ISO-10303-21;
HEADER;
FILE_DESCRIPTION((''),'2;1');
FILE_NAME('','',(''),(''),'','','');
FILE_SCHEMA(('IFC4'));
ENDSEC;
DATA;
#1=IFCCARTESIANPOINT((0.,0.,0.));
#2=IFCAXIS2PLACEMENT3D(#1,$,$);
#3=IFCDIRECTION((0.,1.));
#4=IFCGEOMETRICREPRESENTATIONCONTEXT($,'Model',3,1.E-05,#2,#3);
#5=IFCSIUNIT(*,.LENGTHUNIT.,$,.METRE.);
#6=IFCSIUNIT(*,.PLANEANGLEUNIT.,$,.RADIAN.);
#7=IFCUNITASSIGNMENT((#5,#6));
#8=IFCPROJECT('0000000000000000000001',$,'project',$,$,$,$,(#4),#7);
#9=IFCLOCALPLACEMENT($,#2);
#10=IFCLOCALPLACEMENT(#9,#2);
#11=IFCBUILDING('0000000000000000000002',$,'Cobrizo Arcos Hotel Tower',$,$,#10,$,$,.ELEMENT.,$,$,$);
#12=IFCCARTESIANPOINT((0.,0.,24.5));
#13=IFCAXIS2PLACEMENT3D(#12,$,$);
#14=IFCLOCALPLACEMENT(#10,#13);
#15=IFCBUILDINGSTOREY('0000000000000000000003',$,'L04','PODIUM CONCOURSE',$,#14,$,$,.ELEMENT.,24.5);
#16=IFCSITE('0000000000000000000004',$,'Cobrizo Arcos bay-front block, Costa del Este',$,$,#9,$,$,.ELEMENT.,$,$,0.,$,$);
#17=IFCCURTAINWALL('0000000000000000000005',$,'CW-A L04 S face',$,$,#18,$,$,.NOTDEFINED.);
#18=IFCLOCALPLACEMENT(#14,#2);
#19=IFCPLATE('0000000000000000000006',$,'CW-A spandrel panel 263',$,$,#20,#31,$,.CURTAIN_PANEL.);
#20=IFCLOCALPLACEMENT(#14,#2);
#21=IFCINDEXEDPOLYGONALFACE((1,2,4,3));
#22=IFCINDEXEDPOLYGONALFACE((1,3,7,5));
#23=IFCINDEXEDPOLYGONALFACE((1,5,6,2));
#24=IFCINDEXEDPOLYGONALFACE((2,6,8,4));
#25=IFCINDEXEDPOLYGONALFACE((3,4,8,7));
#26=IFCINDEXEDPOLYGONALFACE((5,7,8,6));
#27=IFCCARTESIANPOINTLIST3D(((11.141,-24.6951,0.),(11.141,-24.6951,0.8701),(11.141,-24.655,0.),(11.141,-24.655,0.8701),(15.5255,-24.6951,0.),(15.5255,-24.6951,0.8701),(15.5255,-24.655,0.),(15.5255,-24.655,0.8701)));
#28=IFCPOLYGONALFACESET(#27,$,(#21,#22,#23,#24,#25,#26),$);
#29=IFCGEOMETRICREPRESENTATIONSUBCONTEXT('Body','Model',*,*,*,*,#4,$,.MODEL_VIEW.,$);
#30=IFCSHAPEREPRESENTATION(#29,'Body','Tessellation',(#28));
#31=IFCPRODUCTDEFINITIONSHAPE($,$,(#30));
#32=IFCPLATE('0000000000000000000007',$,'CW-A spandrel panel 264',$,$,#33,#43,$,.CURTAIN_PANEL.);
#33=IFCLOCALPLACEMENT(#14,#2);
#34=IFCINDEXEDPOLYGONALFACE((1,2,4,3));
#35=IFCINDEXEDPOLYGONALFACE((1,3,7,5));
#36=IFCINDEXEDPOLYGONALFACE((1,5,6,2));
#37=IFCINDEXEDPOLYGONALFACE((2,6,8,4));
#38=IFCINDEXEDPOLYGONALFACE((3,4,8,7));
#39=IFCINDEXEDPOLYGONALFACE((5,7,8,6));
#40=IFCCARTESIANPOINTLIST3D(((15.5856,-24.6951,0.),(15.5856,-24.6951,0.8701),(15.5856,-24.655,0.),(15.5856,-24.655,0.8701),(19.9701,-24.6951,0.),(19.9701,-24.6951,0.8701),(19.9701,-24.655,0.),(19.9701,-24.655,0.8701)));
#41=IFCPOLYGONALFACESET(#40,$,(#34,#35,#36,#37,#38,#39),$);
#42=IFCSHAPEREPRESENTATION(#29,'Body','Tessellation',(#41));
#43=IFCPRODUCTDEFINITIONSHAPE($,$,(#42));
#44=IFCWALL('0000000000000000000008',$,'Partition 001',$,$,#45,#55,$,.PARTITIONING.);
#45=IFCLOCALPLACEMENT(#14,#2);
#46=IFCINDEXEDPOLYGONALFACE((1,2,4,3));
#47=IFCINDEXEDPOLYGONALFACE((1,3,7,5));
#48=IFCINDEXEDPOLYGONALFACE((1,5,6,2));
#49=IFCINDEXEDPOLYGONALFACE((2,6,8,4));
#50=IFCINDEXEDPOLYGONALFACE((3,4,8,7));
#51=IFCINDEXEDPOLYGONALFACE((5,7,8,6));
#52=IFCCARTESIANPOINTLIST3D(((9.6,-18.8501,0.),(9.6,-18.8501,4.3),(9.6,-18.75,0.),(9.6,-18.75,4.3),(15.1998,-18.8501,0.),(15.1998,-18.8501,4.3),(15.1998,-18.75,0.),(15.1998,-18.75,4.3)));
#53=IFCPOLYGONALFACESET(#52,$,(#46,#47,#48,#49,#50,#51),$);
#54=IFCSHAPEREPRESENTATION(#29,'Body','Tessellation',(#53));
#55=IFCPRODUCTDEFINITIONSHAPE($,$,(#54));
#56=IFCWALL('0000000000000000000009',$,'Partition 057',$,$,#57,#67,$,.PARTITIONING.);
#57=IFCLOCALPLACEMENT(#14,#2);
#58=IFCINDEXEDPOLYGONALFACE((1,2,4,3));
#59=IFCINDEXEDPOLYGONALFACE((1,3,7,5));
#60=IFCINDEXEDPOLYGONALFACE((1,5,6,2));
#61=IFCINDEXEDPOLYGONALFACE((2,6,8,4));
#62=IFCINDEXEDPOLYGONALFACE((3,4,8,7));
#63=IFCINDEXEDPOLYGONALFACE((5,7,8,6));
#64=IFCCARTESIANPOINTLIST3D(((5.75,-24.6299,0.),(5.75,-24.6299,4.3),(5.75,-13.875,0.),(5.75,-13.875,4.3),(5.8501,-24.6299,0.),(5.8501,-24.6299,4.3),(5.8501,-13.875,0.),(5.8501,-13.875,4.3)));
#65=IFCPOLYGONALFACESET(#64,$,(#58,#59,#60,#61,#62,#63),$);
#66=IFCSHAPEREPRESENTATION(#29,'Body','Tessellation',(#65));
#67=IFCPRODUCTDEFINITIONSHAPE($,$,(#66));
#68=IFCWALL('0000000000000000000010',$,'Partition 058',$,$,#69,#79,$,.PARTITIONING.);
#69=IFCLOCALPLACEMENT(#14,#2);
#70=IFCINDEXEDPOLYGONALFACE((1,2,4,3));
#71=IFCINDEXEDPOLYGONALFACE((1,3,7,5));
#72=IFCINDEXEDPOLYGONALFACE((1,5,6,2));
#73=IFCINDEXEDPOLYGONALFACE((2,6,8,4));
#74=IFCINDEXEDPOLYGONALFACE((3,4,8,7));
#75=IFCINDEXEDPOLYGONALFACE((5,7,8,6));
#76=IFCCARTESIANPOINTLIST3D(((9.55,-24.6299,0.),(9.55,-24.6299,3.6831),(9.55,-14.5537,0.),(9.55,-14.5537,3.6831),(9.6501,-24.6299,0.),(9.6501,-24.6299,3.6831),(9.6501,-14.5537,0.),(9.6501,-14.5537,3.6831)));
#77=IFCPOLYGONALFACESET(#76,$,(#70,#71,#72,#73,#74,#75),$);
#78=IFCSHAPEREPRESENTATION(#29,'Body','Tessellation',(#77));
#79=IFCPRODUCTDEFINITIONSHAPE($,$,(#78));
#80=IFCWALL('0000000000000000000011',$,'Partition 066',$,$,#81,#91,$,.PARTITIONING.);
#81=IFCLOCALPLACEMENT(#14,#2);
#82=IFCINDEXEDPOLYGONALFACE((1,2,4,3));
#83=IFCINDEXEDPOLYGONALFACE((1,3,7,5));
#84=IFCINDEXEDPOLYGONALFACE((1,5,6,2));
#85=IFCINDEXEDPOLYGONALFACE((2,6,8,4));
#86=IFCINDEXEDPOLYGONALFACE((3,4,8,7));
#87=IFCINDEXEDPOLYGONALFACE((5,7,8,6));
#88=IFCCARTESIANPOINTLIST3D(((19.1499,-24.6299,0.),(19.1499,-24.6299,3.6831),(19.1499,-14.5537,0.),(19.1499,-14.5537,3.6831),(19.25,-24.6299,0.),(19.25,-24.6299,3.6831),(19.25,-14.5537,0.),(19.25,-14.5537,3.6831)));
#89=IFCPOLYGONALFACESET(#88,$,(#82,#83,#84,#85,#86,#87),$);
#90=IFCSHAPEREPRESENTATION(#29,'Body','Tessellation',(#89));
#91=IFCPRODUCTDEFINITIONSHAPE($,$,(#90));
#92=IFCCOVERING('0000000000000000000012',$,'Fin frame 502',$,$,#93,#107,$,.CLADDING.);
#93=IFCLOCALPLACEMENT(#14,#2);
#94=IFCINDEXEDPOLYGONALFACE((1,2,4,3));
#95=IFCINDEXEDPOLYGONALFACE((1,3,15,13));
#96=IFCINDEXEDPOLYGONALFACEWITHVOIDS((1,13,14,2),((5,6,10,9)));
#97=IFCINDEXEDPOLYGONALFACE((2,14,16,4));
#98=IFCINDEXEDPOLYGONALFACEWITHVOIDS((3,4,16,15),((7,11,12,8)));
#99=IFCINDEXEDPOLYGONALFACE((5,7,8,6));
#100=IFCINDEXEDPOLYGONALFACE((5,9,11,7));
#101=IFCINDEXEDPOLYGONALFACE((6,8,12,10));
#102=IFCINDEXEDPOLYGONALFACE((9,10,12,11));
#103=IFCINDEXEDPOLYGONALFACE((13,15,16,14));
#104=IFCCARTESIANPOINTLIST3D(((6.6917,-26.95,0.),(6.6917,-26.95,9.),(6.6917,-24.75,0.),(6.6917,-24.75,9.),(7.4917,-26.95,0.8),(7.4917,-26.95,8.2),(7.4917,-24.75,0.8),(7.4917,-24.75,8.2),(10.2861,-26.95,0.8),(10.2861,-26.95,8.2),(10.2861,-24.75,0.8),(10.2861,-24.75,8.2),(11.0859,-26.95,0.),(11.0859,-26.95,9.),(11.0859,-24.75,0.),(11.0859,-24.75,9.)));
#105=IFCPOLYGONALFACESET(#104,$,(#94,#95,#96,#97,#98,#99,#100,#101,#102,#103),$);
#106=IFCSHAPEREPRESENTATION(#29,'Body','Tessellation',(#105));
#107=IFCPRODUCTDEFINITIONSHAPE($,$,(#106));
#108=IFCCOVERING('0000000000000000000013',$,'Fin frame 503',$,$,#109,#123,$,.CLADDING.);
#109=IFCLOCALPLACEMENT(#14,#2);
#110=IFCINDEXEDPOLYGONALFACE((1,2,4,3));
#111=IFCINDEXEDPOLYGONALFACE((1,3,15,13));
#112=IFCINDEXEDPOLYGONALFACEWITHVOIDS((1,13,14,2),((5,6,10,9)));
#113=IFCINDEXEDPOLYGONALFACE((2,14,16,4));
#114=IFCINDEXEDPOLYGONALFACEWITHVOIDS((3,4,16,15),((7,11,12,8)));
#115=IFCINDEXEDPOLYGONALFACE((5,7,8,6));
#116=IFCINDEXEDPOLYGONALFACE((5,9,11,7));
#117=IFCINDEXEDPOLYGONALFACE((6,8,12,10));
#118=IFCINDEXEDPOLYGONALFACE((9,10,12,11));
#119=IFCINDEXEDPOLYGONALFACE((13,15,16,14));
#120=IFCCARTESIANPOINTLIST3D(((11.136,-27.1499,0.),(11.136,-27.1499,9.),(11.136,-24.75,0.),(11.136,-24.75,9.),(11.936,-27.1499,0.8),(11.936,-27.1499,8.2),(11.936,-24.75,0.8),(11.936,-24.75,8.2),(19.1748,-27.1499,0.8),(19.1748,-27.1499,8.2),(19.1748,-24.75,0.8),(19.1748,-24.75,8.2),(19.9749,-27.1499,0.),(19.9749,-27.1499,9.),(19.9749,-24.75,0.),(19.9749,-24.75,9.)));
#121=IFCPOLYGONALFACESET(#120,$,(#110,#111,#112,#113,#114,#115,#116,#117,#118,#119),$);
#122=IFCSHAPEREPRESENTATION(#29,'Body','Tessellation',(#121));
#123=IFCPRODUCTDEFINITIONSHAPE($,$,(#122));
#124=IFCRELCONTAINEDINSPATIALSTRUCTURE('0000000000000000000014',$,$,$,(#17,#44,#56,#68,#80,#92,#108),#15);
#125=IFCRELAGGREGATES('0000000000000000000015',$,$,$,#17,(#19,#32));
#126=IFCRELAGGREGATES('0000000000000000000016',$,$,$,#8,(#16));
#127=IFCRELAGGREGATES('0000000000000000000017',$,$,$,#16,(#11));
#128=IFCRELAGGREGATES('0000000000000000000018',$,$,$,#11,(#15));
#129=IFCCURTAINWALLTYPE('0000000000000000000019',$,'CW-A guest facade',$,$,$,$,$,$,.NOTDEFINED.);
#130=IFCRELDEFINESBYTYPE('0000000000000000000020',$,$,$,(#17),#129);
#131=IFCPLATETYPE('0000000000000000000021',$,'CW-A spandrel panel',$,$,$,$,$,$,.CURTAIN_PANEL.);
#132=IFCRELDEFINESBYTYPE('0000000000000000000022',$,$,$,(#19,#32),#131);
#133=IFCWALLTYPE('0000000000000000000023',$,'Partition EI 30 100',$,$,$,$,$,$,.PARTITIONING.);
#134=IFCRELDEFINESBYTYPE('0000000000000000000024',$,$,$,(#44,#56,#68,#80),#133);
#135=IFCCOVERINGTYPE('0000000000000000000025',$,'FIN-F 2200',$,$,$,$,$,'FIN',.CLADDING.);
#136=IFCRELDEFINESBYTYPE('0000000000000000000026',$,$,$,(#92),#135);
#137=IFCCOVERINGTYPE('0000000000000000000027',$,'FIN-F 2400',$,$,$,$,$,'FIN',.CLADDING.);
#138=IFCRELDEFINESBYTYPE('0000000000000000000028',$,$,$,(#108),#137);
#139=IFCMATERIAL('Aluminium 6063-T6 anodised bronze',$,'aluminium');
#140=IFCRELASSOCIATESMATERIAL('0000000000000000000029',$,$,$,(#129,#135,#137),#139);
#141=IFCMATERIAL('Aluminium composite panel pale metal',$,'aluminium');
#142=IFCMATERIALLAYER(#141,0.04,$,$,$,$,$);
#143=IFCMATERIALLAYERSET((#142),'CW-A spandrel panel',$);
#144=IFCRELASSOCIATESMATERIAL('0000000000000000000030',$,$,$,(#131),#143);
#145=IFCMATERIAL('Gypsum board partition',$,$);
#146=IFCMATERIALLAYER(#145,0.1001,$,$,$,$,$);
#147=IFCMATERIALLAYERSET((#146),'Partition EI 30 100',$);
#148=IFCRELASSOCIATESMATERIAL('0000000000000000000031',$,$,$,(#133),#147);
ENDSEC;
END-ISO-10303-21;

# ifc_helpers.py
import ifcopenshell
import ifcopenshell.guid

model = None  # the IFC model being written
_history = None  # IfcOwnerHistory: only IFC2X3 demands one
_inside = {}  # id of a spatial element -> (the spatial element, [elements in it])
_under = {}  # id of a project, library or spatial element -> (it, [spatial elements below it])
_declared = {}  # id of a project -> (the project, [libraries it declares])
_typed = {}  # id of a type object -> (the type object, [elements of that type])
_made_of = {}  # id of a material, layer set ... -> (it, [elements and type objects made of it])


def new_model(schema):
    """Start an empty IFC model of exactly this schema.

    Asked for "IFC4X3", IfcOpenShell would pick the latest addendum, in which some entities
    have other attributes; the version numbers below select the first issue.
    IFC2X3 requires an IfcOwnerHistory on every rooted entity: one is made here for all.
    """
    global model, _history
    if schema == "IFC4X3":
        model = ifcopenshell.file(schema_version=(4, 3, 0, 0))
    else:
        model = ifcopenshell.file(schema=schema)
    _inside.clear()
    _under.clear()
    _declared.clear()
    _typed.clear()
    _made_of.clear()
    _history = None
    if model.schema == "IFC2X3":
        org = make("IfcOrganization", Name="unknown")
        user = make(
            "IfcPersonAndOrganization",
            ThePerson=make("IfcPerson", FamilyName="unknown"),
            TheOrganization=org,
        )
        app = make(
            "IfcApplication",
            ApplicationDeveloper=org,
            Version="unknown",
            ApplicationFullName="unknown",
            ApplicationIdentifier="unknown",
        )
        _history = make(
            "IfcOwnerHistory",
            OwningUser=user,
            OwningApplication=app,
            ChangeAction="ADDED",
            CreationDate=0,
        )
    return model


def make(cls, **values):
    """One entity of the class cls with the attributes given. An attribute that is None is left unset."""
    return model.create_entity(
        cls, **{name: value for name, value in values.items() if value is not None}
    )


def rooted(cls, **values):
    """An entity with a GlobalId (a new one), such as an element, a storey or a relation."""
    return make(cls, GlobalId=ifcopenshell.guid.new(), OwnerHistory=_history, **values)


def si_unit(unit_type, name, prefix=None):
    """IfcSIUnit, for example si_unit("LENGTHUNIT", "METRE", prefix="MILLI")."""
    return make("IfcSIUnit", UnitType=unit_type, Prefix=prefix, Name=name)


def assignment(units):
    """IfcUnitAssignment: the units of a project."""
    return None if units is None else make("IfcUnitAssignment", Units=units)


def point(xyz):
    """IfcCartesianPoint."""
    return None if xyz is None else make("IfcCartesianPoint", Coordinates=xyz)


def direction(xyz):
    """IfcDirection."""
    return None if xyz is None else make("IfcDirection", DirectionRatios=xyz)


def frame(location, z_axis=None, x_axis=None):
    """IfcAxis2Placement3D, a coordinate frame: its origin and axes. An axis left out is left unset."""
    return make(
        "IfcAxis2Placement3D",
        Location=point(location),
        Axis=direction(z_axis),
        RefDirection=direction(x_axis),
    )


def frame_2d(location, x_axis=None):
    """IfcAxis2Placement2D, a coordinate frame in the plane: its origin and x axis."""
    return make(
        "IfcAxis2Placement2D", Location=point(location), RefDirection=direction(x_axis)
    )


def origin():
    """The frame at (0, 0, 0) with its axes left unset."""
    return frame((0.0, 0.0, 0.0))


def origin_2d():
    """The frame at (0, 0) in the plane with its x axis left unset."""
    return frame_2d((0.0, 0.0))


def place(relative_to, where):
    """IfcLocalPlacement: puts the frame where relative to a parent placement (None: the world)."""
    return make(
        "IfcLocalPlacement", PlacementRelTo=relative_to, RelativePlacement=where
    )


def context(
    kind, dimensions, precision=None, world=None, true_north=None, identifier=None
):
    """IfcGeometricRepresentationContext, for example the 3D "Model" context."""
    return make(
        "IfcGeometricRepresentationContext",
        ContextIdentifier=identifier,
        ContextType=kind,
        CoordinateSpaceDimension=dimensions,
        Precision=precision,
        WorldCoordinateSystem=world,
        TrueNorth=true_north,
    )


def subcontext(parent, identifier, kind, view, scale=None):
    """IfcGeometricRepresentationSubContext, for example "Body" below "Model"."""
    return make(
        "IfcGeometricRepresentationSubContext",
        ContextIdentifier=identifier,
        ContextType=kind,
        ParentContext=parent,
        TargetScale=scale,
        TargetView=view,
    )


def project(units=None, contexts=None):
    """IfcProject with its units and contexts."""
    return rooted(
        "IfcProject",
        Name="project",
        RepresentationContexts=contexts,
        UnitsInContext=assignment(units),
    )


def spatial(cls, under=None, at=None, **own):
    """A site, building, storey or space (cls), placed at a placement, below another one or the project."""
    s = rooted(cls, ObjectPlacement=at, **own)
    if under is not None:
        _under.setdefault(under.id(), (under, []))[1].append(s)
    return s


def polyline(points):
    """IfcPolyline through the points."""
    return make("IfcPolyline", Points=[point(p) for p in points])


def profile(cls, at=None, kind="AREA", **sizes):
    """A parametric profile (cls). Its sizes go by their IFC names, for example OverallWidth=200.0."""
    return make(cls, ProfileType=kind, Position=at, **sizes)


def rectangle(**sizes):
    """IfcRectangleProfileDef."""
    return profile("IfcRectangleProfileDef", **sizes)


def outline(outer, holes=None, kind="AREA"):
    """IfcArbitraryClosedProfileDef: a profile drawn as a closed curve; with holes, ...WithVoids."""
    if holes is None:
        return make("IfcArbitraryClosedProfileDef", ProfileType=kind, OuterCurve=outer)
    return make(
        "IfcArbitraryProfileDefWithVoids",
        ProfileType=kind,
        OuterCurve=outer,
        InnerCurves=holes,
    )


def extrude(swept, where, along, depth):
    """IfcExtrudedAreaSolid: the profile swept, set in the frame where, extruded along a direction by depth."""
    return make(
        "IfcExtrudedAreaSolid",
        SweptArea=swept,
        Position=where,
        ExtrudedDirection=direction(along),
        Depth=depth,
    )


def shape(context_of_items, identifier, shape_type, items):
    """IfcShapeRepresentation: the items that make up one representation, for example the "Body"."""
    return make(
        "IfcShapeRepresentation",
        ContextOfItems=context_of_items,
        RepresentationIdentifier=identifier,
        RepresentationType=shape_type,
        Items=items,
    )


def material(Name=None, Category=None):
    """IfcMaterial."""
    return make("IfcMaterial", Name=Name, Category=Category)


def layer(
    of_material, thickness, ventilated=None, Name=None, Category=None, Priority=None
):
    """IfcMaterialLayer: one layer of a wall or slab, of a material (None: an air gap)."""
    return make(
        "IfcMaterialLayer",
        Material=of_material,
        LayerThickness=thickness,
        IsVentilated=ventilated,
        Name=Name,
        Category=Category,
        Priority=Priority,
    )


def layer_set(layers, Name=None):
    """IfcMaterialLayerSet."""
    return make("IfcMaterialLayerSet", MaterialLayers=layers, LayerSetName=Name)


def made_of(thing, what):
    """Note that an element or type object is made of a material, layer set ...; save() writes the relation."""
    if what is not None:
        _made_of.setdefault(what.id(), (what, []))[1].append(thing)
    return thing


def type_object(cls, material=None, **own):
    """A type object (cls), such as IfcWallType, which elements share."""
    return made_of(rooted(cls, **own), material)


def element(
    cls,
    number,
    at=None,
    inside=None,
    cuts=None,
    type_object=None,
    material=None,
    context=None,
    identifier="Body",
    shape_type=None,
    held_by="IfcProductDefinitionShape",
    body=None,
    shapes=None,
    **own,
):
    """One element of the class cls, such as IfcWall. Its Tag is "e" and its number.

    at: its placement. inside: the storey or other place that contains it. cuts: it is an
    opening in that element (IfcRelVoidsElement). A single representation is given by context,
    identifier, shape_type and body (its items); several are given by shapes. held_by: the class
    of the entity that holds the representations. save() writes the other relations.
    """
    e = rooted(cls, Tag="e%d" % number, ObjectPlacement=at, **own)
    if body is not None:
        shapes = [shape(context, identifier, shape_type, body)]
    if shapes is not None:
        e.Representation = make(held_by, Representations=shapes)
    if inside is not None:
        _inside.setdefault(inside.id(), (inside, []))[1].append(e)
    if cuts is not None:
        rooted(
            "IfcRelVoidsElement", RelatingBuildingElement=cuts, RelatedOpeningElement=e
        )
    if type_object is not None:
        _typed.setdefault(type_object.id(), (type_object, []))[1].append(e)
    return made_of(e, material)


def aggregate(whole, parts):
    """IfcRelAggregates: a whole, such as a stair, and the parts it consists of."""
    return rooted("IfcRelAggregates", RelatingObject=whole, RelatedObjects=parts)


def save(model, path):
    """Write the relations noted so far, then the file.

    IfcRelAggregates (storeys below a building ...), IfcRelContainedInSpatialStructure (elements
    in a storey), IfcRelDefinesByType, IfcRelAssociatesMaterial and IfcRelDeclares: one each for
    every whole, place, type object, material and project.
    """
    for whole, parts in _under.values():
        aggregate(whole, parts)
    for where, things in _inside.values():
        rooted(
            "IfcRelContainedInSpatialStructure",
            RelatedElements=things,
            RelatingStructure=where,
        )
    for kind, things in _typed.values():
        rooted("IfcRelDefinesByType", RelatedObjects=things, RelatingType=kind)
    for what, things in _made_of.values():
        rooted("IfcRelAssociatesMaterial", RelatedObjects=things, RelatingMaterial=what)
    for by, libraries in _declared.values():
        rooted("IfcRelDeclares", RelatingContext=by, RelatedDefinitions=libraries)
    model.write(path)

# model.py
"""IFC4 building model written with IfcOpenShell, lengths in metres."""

from ifc_helpers import new_model, si_unit, direction, frame, frame_2d, origin, origin_2d, place, context, subcontext, project, spatial, polyline, rectangle, outline, extrude, material, layer, layer_set, type_object, element, aggregate, save


model = new_model("IFC4")

# Units and contexts
model_context = context("Model", 3, precision=1e-05, world=origin(), true_north=direction((0.0, 1.0)))
body_context = subcontext(model_context, "Body", "Model", "MODEL_VIEW")
ifc_project = project(units=[si_unit("LENGTHUNIT", "METRE"), si_unit("PLANEANGLEUNIT", "RADIAN")], contexts=[model_context])

# Site, building, storey
site_placement = place(None, origin())
site = spatial("IfcSite", under=ifc_project, at=site_placement, Name="Cobrizo Arcos bay-front block, Costa del Este", CompositionType="ELEMENT", RefElevation=0.0)
building_placement = place(site_placement, origin())
building = spatial("IfcBuilding", under=site, at=building_placement, Name="Cobrizo Arcos Hotel Tower", CompositionType="ELEMENT")
storey_placement = place(building_placement, frame((0.0, 0.0, 24.5)))
storey = spatial("IfcBuildingStorey", under=building, at=storey_placement, Name="L04", Description="PODIUM CONCOURSE", CompositionType="ELEMENT", Elevation=24.5)

# Curtain wall
ifc_material_1 = material(Name="Aluminium 6063-T6 anodised bronze", Category="aluminium")
curtain_wall_type = type_object("IfcCurtainWallType", Name="CW-A guest facade", PredefinedType="NOTDEFINED", material=ifc_material_1)
curtain_wall_placement = place(storey_placement, origin())
curtain_wall = element("IfcCurtainWall", 1, at=curtain_wall_placement, inside=storey, type_object=curtain_wall_type, Name="CW-A L04 S face", PredefinedType="NOTDEFINED")

# Plates
ifc_material_2 = material(Name="Aluminium composite panel pale metal", Category="aluminium")
ifc_layer_1 = layer(ifc_material_2, 0.04)
ifc_layer_set_1 = layer_set([ifc_layer_1], Name="CW-A spandrel panel")
plate_type_1 = type_object("IfcPlateType", Name="CW-A spandrel panel", PredefinedType="CURTAIN_PANEL", material=ifc_layer_set_1)
plate_1_placement = place(storey_placement, frame((13.3333, -24.675, 0.0), z_axis=(0.0, 0.0, 1.0), x_axis=(1.0, 0.0, 0.0)))
plate_1 = element("IfcPlate", 2, at=plate_1_placement, type_object=plate_type_1, Name="CW-A spandrel panel 263", PredefinedType="CURTAIN_PANEL", context=body_context, shape_type="SweptSolid", body=[
    extrude(rectangle(XDim=4.3845, YDim=0.04, at=origin_2d()), origin(), (0.0, 0.0, 1.0), 0.8701),
])
plate_2_placement = place(storey_placement, frame((17.7778, -24.675, 0.0), z_axis=(0.0, 0.0, 1.0), x_axis=(1.0, 0.0, 0.0)))
plate_2 = element("IfcPlate", 3, at=plate_2_placement, type_object=plate_type_1, Name="CW-A spandrel panel 264", PredefinedType="CURTAIN_PANEL", context=body_context, shape_type="SweptSolid", body=[
    extrude(rectangle(XDim=4.3845, YDim=0.04, at=origin_2d()), origin(), (0.0, 0.0, 1.0), 0.8701),
])
aggregate(curtain_wall, [plate_1, plate_2])

# Walls
ifc_material_3 = material(Name="Gypsum board partition")
ifc_layer_2 = layer(ifc_material_3, 0.1001)
ifc_layer_set_2 = layer_set([ifc_layer_2], Name="Partition EI 30 100")
wall_type = type_object("IfcWallType", Name="Partition EI 30 100", PredefinedType="PARTITIONING", material=ifc_layer_set_2)
wall_1_placement = place(storey_placement, frame((9.6001, -18.8, 0.0), z_axis=(0.0, 0.0, 1.0), x_axis=(1.0, 0.0, 0.0)))
element("IfcWall", 4, at=wall_1_placement, inside=storey, type_object=wall_type, Name="Partition 001", PredefinedType="PARTITIONING", context=body_context, shape_type="SweptSolid", body=[
    extrude(rectangle(XDim=5.5999, YDim=0.1001, at=frame_2d((2.7998, 0.0))), origin(), (0.0, 0.0, 1.0), 4.3),
])
wall_2_placement = place(storey_placement, frame((5.8, -24.6299, 0.0), z_axis=(0.0, 0.0, 1.0), x_axis=(0.0, 1.0, 0.0)))
element("IfcWall", 5, at=wall_2_placement, inside=storey, type_object=wall_type, Name="Partition 057", PredefinedType="PARTITIONING", context=body_context, shape_type="SweptSolid", body=[
    extrude(rectangle(XDim=10.7549, YDim=0.1001, at=frame_2d((5.3774, 0.0))), origin(), (0.0, 0.0, 1.0), 4.3),
])
for number, where, z_axis, x_axis, name in (
    (6, (9.6001, -24.6299, 0.0), (0.0, 0.0, 1.0), (0.0, 1.0, 0.0), "Partition 058"),
    (7, (19.2, -24.6299, 0.0), (0.0, 0.0, 1.0), (0.0, 1.0, 0.0), "Partition 066"),
):
    element("IfcWall", number, at=place(storey_placement, frame(where, z_axis=z_axis, x_axis=x_axis)), inside=storey, type_object=wall_type, Name=name, PredefinedType="PARTITIONING", context=body_context, shape_type="SweptSolid", body=[
        extrude(rectangle(XDim=10.0762, YDim=0.1001, at=frame_2d((5.0381, 0.0))), origin(), (0.0, 0.0, 1.0), 3.6831),
    ])

# Coverings
covering_type_1 = type_object("IfcCoveringType", Name="FIN-F 2200", ElementType="FIN", PredefinedType="CLADDING", material=ifc_material_1)
covering_1_placement = place(storey_placement, frame((6.6917, -24.75, 0.0), z_axis=(0.0, -1.0, 0.0), x_axis=(1.0, 0.0, 0.0)))
element("IfcCovering", 8, at=covering_1_placement, inside=storey, type_object=covering_type_1, Name="Fin frame 502", PredefinedType="CLADDING", context=body_context, shape_type="SweptSolid", body=[
    extrude(outline(polyline([(0.0, 9.0), (0.0, 0.0), (4.3943, 0.0), (4.3943, 9.0), (0.0, 9.0)]), holes=[polyline([(3.5945, 0.8), (0.8, 0.8), (0.8, 8.2), (3.5945, 8.2), (3.5945, 0.8)])]), origin(), (0.0, 0.0, 1.0), 2.2),
])
covering_type_2 = type_object("IfcCoveringType", Name="FIN-F 2400", ElementType="FIN", PredefinedType="CLADDING", material=ifc_material_1)
covering_2_placement = place(storey_placement, frame((11.136, -24.75, 0.0), z_axis=(0.0, -1.0, 0.0), x_axis=(1.0, 0.0, 0.0)))
element("IfcCovering", 9, at=covering_2_placement, inside=storey, type_object=covering_type_2, Name="Fin frame 503", PredefinedType="CLADDING", context=body_context, shape_type="SweptSolid", body=[
    extrude(outline(polyline([(0.0, 9.0), (0.0, 0.0), (8.8389, 0.0), (8.8389, 9.0), (0.0, 9.0)]), holes=[polyline([(8.0388, 0.8), (0.8, 0.8), (0.8, 8.2), (8.0388, 8.2), (8.0388, 0.8)])]), origin(), (0.0, 0.0, 1.0), 2.3999),
])

save(model, "model.ifc")
